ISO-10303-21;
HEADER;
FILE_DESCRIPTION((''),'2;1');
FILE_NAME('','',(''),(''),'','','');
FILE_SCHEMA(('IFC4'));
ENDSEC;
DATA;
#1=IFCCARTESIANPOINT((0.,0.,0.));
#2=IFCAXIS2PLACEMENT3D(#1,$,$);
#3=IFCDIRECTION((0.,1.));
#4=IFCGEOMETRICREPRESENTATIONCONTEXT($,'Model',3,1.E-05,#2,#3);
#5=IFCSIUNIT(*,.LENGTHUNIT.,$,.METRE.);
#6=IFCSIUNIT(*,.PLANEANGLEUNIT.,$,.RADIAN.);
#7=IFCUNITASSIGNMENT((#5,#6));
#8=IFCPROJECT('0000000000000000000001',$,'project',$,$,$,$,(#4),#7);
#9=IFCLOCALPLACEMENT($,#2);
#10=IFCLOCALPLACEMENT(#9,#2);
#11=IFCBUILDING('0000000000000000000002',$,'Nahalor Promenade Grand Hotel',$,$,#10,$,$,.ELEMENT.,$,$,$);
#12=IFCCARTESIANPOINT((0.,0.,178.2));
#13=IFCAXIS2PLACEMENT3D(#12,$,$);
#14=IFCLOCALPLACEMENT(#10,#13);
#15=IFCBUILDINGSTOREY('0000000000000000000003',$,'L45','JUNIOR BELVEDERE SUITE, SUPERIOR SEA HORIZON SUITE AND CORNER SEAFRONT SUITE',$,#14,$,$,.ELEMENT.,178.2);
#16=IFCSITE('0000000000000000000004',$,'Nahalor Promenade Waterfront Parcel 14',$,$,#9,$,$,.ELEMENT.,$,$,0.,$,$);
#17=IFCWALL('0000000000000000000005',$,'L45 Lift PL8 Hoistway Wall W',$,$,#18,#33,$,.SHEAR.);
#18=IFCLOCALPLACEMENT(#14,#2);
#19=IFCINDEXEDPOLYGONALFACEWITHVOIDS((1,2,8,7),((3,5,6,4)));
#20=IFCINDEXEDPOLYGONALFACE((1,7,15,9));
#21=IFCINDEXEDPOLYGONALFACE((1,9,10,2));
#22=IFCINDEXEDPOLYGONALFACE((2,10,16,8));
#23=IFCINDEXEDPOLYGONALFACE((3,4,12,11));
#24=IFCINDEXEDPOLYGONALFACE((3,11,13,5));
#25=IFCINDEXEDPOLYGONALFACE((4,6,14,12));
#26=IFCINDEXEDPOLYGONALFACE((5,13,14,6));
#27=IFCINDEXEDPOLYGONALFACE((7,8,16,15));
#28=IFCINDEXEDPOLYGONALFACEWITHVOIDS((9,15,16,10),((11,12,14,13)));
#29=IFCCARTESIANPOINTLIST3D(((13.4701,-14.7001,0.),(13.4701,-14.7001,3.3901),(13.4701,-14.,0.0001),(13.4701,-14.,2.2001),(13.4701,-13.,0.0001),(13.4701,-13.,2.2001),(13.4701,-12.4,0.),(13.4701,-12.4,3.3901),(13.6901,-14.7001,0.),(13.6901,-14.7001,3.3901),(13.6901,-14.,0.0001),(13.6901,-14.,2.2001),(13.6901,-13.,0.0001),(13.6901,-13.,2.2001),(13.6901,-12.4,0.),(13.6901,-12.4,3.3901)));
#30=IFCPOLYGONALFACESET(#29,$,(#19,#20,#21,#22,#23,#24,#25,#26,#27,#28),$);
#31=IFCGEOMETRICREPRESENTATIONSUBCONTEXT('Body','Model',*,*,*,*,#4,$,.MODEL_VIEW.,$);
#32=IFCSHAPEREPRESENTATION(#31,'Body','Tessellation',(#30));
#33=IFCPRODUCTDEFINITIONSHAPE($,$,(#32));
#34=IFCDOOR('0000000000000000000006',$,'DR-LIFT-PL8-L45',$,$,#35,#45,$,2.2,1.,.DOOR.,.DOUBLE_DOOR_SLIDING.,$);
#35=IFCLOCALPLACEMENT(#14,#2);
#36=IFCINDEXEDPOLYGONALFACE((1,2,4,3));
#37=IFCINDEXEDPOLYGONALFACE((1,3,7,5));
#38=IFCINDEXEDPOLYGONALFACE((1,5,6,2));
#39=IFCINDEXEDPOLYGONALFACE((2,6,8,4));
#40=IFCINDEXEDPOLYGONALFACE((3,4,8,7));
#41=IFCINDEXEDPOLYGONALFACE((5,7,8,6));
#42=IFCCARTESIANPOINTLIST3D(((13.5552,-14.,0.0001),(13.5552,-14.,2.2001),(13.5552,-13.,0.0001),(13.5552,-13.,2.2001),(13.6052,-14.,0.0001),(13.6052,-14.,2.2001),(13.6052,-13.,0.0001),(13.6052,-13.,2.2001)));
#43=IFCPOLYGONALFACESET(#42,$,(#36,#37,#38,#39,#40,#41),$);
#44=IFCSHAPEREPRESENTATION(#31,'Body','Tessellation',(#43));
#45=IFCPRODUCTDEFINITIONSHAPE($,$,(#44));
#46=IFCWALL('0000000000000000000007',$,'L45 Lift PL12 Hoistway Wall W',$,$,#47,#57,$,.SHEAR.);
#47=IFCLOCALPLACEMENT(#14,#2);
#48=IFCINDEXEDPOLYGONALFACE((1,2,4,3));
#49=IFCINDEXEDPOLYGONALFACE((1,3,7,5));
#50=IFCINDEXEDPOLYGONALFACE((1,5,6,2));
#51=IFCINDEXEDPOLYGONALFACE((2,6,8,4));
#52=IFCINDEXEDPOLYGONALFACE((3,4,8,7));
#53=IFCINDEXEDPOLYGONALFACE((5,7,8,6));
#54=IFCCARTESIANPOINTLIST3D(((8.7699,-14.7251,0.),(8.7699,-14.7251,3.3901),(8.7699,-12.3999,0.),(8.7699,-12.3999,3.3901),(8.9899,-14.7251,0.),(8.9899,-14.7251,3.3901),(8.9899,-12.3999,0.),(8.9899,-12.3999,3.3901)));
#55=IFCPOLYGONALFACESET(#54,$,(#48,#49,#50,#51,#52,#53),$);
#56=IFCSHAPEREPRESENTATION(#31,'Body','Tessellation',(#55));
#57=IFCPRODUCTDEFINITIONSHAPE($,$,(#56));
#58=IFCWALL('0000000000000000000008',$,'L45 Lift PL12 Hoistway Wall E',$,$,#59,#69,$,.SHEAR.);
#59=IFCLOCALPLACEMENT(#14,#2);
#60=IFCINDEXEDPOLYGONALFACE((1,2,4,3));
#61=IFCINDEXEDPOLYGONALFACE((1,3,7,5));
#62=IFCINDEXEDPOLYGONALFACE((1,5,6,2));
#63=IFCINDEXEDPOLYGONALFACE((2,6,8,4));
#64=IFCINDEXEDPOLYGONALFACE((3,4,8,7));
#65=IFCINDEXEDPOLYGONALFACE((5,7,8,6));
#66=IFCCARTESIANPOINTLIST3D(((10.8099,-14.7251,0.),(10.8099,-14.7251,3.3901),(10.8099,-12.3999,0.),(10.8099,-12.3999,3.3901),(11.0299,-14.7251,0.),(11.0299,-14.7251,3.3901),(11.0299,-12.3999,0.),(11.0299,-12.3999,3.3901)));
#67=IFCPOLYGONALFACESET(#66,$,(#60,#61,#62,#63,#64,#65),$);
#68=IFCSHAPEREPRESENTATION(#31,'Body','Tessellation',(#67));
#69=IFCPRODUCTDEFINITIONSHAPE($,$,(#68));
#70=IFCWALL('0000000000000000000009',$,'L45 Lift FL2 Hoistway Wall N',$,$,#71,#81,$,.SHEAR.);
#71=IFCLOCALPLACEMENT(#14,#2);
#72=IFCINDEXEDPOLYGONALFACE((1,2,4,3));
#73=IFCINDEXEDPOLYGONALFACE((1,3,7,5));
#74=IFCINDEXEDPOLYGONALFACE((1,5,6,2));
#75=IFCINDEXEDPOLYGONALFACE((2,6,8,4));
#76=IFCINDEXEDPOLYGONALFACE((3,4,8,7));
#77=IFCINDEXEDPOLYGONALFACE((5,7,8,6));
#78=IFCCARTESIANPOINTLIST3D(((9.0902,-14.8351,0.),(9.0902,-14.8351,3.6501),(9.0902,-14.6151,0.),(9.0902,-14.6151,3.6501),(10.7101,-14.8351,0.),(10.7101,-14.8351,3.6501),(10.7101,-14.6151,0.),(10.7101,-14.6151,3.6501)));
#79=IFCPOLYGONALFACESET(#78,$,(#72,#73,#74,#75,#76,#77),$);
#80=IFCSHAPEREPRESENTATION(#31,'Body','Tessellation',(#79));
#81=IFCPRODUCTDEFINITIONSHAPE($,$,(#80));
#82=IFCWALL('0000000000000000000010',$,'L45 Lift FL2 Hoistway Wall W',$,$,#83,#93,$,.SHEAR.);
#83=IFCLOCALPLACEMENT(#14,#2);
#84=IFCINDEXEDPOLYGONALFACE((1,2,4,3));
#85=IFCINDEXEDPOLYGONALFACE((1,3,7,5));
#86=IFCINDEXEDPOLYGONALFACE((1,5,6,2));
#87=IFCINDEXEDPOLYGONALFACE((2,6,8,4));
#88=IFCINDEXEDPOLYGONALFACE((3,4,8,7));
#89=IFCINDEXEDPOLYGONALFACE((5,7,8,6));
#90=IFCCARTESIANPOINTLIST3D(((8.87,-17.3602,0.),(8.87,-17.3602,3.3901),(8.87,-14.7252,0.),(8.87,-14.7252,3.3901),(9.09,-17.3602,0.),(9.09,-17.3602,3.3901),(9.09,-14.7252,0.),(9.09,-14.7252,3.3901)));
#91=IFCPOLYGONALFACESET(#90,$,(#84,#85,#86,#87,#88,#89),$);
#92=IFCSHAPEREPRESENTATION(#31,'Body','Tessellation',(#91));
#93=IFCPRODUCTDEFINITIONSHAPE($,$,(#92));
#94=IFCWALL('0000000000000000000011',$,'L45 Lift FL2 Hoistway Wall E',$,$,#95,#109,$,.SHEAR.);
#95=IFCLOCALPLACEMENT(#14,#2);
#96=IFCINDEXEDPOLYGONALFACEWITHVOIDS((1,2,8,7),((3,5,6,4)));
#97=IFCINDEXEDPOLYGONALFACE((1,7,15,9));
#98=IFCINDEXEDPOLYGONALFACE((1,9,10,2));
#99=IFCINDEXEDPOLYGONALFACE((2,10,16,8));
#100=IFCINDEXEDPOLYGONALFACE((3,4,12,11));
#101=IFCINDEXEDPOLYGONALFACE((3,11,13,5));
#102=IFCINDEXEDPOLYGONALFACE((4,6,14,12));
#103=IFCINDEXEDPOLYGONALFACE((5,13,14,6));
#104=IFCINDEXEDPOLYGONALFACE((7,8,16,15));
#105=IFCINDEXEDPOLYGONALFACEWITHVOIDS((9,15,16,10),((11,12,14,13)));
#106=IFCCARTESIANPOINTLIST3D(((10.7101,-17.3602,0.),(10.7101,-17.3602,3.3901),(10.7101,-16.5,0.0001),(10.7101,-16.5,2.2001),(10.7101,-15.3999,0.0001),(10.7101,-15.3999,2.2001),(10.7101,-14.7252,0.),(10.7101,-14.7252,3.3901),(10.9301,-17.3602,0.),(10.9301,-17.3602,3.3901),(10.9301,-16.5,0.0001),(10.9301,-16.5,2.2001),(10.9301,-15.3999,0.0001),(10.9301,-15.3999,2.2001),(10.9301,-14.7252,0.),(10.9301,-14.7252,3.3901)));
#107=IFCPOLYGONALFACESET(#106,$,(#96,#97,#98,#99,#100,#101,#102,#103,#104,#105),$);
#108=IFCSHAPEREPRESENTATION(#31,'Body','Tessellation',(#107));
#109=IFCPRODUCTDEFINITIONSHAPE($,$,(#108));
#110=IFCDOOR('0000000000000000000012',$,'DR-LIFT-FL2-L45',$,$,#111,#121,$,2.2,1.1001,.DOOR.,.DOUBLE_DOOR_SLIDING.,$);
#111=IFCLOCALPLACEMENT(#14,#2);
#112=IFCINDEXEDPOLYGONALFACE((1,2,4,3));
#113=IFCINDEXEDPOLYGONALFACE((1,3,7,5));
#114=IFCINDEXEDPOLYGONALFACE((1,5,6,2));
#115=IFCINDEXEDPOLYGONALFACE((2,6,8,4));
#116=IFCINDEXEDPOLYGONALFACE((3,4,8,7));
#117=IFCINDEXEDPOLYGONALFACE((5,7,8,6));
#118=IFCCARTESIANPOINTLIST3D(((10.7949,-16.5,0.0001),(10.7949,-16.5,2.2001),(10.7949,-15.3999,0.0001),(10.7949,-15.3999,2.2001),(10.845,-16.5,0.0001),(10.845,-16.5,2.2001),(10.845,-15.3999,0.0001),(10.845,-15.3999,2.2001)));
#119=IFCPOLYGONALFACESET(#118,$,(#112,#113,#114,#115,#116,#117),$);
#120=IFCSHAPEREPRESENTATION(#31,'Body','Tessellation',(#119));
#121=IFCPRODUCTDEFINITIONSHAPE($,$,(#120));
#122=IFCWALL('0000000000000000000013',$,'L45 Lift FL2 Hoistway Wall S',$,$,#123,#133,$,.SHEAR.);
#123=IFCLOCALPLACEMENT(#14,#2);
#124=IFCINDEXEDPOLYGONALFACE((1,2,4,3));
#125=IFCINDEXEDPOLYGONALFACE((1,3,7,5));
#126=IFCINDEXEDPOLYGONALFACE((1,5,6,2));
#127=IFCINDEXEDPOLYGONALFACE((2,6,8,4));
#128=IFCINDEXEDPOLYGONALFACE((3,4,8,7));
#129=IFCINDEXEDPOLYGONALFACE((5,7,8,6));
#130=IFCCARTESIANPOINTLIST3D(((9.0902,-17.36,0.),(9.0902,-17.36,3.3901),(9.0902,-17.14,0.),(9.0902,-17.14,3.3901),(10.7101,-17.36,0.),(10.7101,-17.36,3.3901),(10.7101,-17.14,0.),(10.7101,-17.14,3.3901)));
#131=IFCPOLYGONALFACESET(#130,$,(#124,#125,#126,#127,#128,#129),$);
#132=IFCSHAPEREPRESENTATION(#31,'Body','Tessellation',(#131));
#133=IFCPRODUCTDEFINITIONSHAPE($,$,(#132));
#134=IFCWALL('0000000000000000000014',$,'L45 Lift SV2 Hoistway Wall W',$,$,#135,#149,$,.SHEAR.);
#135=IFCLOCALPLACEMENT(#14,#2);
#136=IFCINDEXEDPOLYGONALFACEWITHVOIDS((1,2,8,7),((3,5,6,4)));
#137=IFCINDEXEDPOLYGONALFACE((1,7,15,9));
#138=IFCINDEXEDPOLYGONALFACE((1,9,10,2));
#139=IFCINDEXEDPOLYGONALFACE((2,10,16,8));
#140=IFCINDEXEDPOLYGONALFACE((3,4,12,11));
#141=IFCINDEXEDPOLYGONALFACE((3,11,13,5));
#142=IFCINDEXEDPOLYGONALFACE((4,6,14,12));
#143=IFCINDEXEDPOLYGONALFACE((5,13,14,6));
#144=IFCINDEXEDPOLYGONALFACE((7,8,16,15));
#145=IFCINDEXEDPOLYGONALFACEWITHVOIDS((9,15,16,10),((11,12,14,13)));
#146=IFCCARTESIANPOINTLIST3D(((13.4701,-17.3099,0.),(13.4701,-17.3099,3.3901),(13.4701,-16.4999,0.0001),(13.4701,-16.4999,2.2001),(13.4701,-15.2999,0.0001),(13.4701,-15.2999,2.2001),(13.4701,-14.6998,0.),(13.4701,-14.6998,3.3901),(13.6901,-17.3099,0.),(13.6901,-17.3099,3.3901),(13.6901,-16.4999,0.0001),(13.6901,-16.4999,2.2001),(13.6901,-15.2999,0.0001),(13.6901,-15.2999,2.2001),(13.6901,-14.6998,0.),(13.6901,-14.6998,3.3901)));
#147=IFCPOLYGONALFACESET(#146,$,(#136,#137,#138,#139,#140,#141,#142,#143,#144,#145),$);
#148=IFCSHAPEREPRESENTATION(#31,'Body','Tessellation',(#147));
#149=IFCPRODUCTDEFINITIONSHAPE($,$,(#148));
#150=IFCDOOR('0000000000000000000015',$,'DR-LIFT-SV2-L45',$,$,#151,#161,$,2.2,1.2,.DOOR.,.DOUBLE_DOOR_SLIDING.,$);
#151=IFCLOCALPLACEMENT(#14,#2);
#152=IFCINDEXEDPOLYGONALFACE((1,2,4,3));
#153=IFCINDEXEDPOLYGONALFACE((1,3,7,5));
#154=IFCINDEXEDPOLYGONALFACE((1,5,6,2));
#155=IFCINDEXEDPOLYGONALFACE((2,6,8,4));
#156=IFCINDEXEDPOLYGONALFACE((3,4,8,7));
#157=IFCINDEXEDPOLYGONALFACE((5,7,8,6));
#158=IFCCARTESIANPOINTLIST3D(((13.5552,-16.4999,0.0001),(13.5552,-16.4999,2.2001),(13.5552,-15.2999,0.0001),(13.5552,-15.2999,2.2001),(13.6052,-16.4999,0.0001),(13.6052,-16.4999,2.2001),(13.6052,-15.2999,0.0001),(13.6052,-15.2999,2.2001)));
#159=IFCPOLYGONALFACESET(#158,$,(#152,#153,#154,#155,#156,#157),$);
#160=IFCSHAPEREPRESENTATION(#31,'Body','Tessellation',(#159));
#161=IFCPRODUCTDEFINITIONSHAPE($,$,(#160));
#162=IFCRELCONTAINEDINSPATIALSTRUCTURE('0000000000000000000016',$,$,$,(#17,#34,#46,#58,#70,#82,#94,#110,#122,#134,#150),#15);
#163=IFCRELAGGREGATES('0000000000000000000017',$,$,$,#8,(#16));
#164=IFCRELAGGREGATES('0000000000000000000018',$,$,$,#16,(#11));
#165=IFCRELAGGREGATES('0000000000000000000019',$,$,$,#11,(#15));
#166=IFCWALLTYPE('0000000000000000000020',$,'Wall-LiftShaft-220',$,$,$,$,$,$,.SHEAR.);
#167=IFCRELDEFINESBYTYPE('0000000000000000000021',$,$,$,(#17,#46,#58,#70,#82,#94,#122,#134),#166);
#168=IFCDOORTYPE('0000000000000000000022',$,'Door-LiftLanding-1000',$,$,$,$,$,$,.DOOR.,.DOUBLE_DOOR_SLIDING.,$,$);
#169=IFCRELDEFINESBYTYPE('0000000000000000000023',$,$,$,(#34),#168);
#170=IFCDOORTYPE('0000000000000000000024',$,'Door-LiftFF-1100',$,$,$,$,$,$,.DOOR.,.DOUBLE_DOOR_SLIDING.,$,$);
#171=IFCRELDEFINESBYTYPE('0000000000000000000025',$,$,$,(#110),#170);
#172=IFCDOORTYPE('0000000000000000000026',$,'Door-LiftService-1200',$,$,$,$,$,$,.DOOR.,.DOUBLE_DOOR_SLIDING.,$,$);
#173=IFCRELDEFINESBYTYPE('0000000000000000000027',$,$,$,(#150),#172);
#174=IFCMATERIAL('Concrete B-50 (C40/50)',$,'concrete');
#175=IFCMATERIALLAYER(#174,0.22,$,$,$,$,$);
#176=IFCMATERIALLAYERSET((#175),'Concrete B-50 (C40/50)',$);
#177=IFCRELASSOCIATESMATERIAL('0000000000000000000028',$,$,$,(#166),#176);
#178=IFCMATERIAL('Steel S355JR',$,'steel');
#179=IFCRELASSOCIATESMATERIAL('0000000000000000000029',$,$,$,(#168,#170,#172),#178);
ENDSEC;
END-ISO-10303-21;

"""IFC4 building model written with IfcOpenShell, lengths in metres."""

from ifc_helpers import new_model, si_unit, direction, frame, frame_2d, origin, place, context, subcontext, project, spatial, rectangle, extrude, source, transform, mapped, material, layer, layer_set, type_object, element, fill, save


model = new_model("IFC4")

# Units and contexts
model_context = context("Model", 3, precision=1e-05, world=origin(), true_north=direction((0.0, 1.0)))
body_context = subcontext(model_context, "Body", "Model", "MODEL_VIEW")
ifc_project = project(units=[si_unit("LENGTHUNIT", "METRE"), si_unit("PLANEANGLEUNIT", "RADIAN")], contexts=[model_context])

# Site, building, storey
site_placement = place(None, origin())
site = spatial("IfcSite", under=ifc_project, at=site_placement, Name="Nahalor Promenade Waterfront Parcel 14", CompositionType="ELEMENT", RefElevation=0.0)
building_placement = place(site_placement, origin())
building = spatial("IfcBuilding", under=site, at=building_placement, Name="Nahalor Promenade Grand Hotel", CompositionType="ELEMENT")
storey_placement = place(building_placement, frame((0.0, 0.0, 178.2)))
storey = spatial("IfcBuildingStorey", under=building, at=storey_placement, Name="L45", Description="JUNIOR BELVEDERE SUITE, SUPERIOR SEA HORIZON SUITE AND CORNER SEAFRONT SUITE", CompositionType="ELEMENT", Elevation=178.2)

# Shared definitions
ifc_material_1 = material(Name="Steel S355JR", Category="steel")

# Shared definitions
ifc_material_2 = material(Name="Concrete B-50 (C40/50)", Category="concrete")

# Shared definitions
ifc_layer_1 = layer(ifc_material_2, 0.22)
ifc_layer_set_1 = layer_set([ifc_layer_1], Name="Concrete B-50 (C40/50)")
wall_type_1 = type_object("IfcWallType", Name="Wall-LiftShaft-220", PredefinedType="SHEAR", material=ifc_layer_set_1)

# Shared definitions
door_type_1 = type_object("IfcDoorType", Name="Door-LiftLanding-1000", OperationType="DOUBLE_DOOR_SLIDING", PredefinedType="DOOR", material=ifc_material_1)
shared_shape_1 = source(origin(), body_context, "Body", "SweptSolid", [
    extrude(rectangle(XDim=1.0, YDim=2.2, at=frame_2d((0.5, 1.1001))), frame((0.0, 0.0249, 0.0), z_axis=(0.0, -1.0, 0.0), x_axis=(1.0, 0.0, 0.0)), (0.0, 0.0, 1.0), 0.05),
])

# Wall, opening, door
shared_shape_2 = source(origin(), body_context, "Body", "SweptSolid", [
    extrude(rectangle(XDim=2.3, YDim=0.22, at=frame_2d((1.1499, 0.0))), origin(), (0.0, 0.0, 1.0), 3.3901),
])
wall_1_placement = place(storey_placement, frame((13.5801, -14.7, 0.0), z_axis=(0.0, 0.0, 1.0), x_axis=(0.0, 1.0, 0.0)))
wall_1 = element("IfcWall", 1, at=wall_1_placement, inside=storey, type_object=wall_type_1, Name="L45 Lift PL8 Hoistway Wall W", PredefinedType="SHEAR", context=body_context, shape_type="MappedRepresentation", body=[
    mapped(shared_shape_2, transform((0.0, 0.0, 0.0), scale=1.0)),
])
opening_1_placement = place(wall_1_placement, frame((0.7, 0.0, 0.0)))
opening_1 = element("IfcOpeningElement", 2, at=opening_1_placement, cuts=wall_1, PredefinedType="OPENING", context=body_context, shape_type="SweptSolid", body=[
    extrude(rectangle(XDim=1.0, YDim=2.2, at=frame_2d((0.5, 1.1001))), frame((0.0, 0.1199, 0.0), z_axis=(0.0, -1.0, 0.0), x_axis=(1.0, 0.0, 0.0)), (0.0, 0.0, 1.0), 0.24),
])
door_1_placement = place(opening_1_placement, origin())
door_1 = element("IfcDoor", 3, at=door_1_placement, inside=storey, type_object=door_type_1, Name="DR-LIFT-PL8-L45", OperationType="DOUBLE_DOOR_SLIDING", OverallHeight=2.2, OverallWidth=1.0, PredefinedType="DOOR", context=body_context, shape_type="MappedRepresentation", body=[
    mapped(shared_shape_1, transform((0.0, 0.0, 0.0), scale=1.0)),
])
fill(opening_1, door_1)

# Walls
shared_shape_3 = source(origin(), body_context, "Body", "SweptSolid", [
    extrude(rectangle(XDim=2.3252, YDim=0.22, at=frame_2d((1.1626, 0.0))), origin(), (0.0, 0.0, 1.0), 3.3901),
])
for number, where, z_axis, x_axis, name in (
    (4, (8.8799, -14.7251, 0.0), (0.0, 0.0, 1.0), (0.0, 1.0, 0.0), "L45 Lift PL12 Hoistway Wall W"),
    (5, (10.9199, -14.7251, 0.0), (0.0, 0.0, 1.0), (0.0, 1.0, 0.0), "L45 Lift PL12 Hoistway Wall E"),
):
    element("IfcWall", number, at=place(storey_placement, frame(where, z_axis=z_axis, x_axis=x_axis)), inside=storey, type_object=wall_type_1, Name=name, PredefinedType="SHEAR", context=body_context, shape_type="MappedRepresentation", body=[
        mapped(shared_shape_3, transform((0.0, 0.0, 0.0), scale=1.0)),
    ])
shared_shape_4 = source(origin(), body_context, "Body", "SweptSolid", [
    extrude(rectangle(XDim=1.6199, YDim=0.22, at=frame_2d((0.8101, 0.0))), origin(), (0.0, 0.0, 1.0), 3.6501),
])
wall_2_placement = place(storey_placement, frame((9.0901, -14.7251, 0.0), z_axis=(0.0, 0.0, 1.0), x_axis=(1.0, 0.0, 0.0)))
element("IfcWall", 6, at=wall_2_placement, inside=storey, type_object=wall_type_1, Name="L45 Lift FL2 Hoistway Wall N", PredefinedType="SHEAR", context=body_context, shape_type="MappedRepresentation", body=[
    mapped(shared_shape_4, transform((0.0, 0.0, 0.0), scale=1.0)),
])
shared_shape_5 = source(origin(), body_context, "Body", "SweptSolid", [
    extrude(rectangle(XDim=2.635, YDim=0.22, at=frame_2d((1.3174, 0.0))), origin(), (0.0, 0.0, 1.0), 3.3901),
])
wall_3_placement = place(storey_placement, frame((8.98, -17.3601, 0.0), z_axis=(0.0, 0.0, 1.0), x_axis=(0.0, 1.0, 0.0)))
element("IfcWall", 7, at=wall_3_placement, inside=storey, type_object=wall_type_1, Name="L45 Lift FL2 Hoistway Wall W", PredefinedType="SHEAR", context=body_context, shape_type="MappedRepresentation", body=[
    mapped(shared_shape_5, transform((0.0, 0.0, 0.0), scale=1.0)),
])

# Wall, opening, door
wall_4_placement = place(storey_placement, frame((10.8201, -17.3601, 0.0), z_axis=(0.0, 0.0, 1.0), x_axis=(0.0, 1.0, 0.0)))
wall_4 = element("IfcWall", 8, at=wall_4_placement, inside=storey, type_object=wall_type_1, Name="L45 Lift FL2 Hoistway Wall E", PredefinedType="SHEAR", context=body_context, shape_type="MappedRepresentation", body=[
    mapped(shared_shape_5, transform((0.0, 0.0, 0.0), scale=1.0)),
])
opening_2_placement = place(wall_4_placement, frame((0.8601, 0.0, 0.0)))
opening_2 = element("IfcOpeningElement", 9, at=opening_2_placement, cuts=wall_4, PredefinedType="OPENING", context=body_context, shape_type="SweptSolid", body=[
    extrude(rectangle(XDim=1.1001, YDim=2.2, at=frame_2d((0.55, 1.1001))), frame((0.0, 0.1199, 0.0), z_axis=(0.0, -1.0, 0.0), x_axis=(1.0, 0.0, 0.0)), (0.0, 0.0, 1.0), 0.24),
])
door_type_2 = type_object("IfcDoorType", Name="Door-LiftFF-1100", OperationType="DOUBLE_DOOR_SLIDING", PredefinedType="DOOR", material=ifc_material_1)
shared_shape_6 = source(origin(), body_context, "Body", "SweptSolid", [
    extrude(rectangle(XDim=1.1001, YDim=2.2, at=frame_2d((0.55, 1.1001))), frame((0.0, 0.0249, 0.0), z_axis=(0.0, -1.0, 0.0), x_axis=(1.0, 0.0, 0.0)), (0.0, 0.0, 1.0), 0.05),
])
door_2_placement = place(opening_2_placement, frame((1.1001, 0.0, 0.0), z_axis=(0.0, 0.0, 1.0), x_axis=(-1.0, 0.0, 0.0)))
door_2 = element("IfcDoor", 10, at=door_2_placement, inside=storey, type_object=door_type_2, Name="DR-LIFT-FL2-L45", OperationType="DOUBLE_DOOR_SLIDING", OverallHeight=2.2, OverallWidth=1.1001, PredefinedType="DOOR", context=body_context, shape_type="MappedRepresentation", body=[
    mapped(shared_shape_6, transform((0.0, 0.0, 0.0), scale=1.0)),
])
fill(opening_2, door_2)

# Wall
shared_shape_7 = source(origin(), body_context, "Body", "SweptSolid", [
    extrude(rectangle(XDim=1.6199, YDim=0.22, at=frame_2d((0.8101, 0.0))), origin(), (0.0, 0.0, 1.0), 3.3901),
])
wall_5_placement = place(storey_placement, frame((9.0901, -17.25, 0.0), z_axis=(0.0, 0.0, 1.0), x_axis=(1.0, 0.0, 0.0)))
element("IfcWall", 11, at=wall_5_placement, inside=storey, type_object=wall_type_1, Name="L45 Lift FL2 Hoistway Wall S", PredefinedType="SHEAR", context=body_context, shape_type="MappedRepresentation", body=[
    mapped(shared_shape_7, transform((0.0, 0.0, 0.0), scale=1.0)),
])

# Wall, opening, door
shared_shape_8 = source(origin(), body_context, "Body", "SweptSolid", [
    extrude(rectangle(XDim=2.6101, YDim=0.22, at=frame_2d((1.3052, 0.0))), origin(), (0.0, 0.0, 1.0), 3.3901),
])
wall_6_placement = place(storey_placement, frame((13.5801, -17.3101, 0.0), z_axis=(0.0, 0.0, 1.0), x_axis=(0.0, 1.0, 0.0)))
wall_6 = element("IfcWall", 12, at=wall_6_placement, inside=storey, type_object=wall_type_1, Name="L45 Lift SV2 Hoistway Wall W", PredefinedType="SHEAR", context=body_context, shape_type="MappedRepresentation", body=[
    mapped(shared_shape_8, transform((0.0, 0.0, 0.0), scale=1.0)),
])
opening_3_placement = place(wall_6_placement, frame((0.8101, 0.0, 0.0)))
opening_3 = element("IfcOpeningElement", 13, at=opening_3_placement, cuts=wall_6, PredefinedType="OPENING", context=body_context, shape_type="SweptSolid", body=[
    extrude(rectangle(XDim=1.2, YDim=2.2, at=frame_2d((0.6001, 1.1001))), frame((0.0, 0.1199, 0.0), z_axis=(0.0, -1.0, 0.0), x_axis=(1.0, 0.0, 0.0)), (0.0, 0.0, 1.0), 0.24),
])
door_type_3 = type_object("IfcDoorType", Name="Door-LiftService-1200", OperationType="DOUBLE_DOOR_SLIDING", PredefinedType="DOOR", material=ifc_material_1)
shared_shape_9 = source(origin(), body_context, "Body", "SweptSolid", [
    extrude(rectangle(XDim=1.2, YDim=2.2, at=frame_2d((0.6001, 1.1001))), frame((0.0, 0.0249, 0.0), z_axis=(0.0, -1.0, 0.0), x_axis=(1.0, 0.0, 0.0)), (0.0, 0.0, 1.0), 0.05),
])
door_3_placement = place(opening_3_placement, origin())
door_3 = element("IfcDoor", 14, at=door_3_placement, inside=storey, type_object=door_type_3, Name="DR-LIFT-SV2-L45", OperationType="DOUBLE_DOOR_SLIDING", OverallHeight=2.2, OverallWidth=1.2, PredefinedType="DOOR", context=body_context, shape_type="MappedRepresentation", body=[
    mapped(shared_shape_9, transform((0.0, 0.0, 0.0), scale=1.0)),
])
fill(opening_3, door_3)

save(model, "model.ifc")
